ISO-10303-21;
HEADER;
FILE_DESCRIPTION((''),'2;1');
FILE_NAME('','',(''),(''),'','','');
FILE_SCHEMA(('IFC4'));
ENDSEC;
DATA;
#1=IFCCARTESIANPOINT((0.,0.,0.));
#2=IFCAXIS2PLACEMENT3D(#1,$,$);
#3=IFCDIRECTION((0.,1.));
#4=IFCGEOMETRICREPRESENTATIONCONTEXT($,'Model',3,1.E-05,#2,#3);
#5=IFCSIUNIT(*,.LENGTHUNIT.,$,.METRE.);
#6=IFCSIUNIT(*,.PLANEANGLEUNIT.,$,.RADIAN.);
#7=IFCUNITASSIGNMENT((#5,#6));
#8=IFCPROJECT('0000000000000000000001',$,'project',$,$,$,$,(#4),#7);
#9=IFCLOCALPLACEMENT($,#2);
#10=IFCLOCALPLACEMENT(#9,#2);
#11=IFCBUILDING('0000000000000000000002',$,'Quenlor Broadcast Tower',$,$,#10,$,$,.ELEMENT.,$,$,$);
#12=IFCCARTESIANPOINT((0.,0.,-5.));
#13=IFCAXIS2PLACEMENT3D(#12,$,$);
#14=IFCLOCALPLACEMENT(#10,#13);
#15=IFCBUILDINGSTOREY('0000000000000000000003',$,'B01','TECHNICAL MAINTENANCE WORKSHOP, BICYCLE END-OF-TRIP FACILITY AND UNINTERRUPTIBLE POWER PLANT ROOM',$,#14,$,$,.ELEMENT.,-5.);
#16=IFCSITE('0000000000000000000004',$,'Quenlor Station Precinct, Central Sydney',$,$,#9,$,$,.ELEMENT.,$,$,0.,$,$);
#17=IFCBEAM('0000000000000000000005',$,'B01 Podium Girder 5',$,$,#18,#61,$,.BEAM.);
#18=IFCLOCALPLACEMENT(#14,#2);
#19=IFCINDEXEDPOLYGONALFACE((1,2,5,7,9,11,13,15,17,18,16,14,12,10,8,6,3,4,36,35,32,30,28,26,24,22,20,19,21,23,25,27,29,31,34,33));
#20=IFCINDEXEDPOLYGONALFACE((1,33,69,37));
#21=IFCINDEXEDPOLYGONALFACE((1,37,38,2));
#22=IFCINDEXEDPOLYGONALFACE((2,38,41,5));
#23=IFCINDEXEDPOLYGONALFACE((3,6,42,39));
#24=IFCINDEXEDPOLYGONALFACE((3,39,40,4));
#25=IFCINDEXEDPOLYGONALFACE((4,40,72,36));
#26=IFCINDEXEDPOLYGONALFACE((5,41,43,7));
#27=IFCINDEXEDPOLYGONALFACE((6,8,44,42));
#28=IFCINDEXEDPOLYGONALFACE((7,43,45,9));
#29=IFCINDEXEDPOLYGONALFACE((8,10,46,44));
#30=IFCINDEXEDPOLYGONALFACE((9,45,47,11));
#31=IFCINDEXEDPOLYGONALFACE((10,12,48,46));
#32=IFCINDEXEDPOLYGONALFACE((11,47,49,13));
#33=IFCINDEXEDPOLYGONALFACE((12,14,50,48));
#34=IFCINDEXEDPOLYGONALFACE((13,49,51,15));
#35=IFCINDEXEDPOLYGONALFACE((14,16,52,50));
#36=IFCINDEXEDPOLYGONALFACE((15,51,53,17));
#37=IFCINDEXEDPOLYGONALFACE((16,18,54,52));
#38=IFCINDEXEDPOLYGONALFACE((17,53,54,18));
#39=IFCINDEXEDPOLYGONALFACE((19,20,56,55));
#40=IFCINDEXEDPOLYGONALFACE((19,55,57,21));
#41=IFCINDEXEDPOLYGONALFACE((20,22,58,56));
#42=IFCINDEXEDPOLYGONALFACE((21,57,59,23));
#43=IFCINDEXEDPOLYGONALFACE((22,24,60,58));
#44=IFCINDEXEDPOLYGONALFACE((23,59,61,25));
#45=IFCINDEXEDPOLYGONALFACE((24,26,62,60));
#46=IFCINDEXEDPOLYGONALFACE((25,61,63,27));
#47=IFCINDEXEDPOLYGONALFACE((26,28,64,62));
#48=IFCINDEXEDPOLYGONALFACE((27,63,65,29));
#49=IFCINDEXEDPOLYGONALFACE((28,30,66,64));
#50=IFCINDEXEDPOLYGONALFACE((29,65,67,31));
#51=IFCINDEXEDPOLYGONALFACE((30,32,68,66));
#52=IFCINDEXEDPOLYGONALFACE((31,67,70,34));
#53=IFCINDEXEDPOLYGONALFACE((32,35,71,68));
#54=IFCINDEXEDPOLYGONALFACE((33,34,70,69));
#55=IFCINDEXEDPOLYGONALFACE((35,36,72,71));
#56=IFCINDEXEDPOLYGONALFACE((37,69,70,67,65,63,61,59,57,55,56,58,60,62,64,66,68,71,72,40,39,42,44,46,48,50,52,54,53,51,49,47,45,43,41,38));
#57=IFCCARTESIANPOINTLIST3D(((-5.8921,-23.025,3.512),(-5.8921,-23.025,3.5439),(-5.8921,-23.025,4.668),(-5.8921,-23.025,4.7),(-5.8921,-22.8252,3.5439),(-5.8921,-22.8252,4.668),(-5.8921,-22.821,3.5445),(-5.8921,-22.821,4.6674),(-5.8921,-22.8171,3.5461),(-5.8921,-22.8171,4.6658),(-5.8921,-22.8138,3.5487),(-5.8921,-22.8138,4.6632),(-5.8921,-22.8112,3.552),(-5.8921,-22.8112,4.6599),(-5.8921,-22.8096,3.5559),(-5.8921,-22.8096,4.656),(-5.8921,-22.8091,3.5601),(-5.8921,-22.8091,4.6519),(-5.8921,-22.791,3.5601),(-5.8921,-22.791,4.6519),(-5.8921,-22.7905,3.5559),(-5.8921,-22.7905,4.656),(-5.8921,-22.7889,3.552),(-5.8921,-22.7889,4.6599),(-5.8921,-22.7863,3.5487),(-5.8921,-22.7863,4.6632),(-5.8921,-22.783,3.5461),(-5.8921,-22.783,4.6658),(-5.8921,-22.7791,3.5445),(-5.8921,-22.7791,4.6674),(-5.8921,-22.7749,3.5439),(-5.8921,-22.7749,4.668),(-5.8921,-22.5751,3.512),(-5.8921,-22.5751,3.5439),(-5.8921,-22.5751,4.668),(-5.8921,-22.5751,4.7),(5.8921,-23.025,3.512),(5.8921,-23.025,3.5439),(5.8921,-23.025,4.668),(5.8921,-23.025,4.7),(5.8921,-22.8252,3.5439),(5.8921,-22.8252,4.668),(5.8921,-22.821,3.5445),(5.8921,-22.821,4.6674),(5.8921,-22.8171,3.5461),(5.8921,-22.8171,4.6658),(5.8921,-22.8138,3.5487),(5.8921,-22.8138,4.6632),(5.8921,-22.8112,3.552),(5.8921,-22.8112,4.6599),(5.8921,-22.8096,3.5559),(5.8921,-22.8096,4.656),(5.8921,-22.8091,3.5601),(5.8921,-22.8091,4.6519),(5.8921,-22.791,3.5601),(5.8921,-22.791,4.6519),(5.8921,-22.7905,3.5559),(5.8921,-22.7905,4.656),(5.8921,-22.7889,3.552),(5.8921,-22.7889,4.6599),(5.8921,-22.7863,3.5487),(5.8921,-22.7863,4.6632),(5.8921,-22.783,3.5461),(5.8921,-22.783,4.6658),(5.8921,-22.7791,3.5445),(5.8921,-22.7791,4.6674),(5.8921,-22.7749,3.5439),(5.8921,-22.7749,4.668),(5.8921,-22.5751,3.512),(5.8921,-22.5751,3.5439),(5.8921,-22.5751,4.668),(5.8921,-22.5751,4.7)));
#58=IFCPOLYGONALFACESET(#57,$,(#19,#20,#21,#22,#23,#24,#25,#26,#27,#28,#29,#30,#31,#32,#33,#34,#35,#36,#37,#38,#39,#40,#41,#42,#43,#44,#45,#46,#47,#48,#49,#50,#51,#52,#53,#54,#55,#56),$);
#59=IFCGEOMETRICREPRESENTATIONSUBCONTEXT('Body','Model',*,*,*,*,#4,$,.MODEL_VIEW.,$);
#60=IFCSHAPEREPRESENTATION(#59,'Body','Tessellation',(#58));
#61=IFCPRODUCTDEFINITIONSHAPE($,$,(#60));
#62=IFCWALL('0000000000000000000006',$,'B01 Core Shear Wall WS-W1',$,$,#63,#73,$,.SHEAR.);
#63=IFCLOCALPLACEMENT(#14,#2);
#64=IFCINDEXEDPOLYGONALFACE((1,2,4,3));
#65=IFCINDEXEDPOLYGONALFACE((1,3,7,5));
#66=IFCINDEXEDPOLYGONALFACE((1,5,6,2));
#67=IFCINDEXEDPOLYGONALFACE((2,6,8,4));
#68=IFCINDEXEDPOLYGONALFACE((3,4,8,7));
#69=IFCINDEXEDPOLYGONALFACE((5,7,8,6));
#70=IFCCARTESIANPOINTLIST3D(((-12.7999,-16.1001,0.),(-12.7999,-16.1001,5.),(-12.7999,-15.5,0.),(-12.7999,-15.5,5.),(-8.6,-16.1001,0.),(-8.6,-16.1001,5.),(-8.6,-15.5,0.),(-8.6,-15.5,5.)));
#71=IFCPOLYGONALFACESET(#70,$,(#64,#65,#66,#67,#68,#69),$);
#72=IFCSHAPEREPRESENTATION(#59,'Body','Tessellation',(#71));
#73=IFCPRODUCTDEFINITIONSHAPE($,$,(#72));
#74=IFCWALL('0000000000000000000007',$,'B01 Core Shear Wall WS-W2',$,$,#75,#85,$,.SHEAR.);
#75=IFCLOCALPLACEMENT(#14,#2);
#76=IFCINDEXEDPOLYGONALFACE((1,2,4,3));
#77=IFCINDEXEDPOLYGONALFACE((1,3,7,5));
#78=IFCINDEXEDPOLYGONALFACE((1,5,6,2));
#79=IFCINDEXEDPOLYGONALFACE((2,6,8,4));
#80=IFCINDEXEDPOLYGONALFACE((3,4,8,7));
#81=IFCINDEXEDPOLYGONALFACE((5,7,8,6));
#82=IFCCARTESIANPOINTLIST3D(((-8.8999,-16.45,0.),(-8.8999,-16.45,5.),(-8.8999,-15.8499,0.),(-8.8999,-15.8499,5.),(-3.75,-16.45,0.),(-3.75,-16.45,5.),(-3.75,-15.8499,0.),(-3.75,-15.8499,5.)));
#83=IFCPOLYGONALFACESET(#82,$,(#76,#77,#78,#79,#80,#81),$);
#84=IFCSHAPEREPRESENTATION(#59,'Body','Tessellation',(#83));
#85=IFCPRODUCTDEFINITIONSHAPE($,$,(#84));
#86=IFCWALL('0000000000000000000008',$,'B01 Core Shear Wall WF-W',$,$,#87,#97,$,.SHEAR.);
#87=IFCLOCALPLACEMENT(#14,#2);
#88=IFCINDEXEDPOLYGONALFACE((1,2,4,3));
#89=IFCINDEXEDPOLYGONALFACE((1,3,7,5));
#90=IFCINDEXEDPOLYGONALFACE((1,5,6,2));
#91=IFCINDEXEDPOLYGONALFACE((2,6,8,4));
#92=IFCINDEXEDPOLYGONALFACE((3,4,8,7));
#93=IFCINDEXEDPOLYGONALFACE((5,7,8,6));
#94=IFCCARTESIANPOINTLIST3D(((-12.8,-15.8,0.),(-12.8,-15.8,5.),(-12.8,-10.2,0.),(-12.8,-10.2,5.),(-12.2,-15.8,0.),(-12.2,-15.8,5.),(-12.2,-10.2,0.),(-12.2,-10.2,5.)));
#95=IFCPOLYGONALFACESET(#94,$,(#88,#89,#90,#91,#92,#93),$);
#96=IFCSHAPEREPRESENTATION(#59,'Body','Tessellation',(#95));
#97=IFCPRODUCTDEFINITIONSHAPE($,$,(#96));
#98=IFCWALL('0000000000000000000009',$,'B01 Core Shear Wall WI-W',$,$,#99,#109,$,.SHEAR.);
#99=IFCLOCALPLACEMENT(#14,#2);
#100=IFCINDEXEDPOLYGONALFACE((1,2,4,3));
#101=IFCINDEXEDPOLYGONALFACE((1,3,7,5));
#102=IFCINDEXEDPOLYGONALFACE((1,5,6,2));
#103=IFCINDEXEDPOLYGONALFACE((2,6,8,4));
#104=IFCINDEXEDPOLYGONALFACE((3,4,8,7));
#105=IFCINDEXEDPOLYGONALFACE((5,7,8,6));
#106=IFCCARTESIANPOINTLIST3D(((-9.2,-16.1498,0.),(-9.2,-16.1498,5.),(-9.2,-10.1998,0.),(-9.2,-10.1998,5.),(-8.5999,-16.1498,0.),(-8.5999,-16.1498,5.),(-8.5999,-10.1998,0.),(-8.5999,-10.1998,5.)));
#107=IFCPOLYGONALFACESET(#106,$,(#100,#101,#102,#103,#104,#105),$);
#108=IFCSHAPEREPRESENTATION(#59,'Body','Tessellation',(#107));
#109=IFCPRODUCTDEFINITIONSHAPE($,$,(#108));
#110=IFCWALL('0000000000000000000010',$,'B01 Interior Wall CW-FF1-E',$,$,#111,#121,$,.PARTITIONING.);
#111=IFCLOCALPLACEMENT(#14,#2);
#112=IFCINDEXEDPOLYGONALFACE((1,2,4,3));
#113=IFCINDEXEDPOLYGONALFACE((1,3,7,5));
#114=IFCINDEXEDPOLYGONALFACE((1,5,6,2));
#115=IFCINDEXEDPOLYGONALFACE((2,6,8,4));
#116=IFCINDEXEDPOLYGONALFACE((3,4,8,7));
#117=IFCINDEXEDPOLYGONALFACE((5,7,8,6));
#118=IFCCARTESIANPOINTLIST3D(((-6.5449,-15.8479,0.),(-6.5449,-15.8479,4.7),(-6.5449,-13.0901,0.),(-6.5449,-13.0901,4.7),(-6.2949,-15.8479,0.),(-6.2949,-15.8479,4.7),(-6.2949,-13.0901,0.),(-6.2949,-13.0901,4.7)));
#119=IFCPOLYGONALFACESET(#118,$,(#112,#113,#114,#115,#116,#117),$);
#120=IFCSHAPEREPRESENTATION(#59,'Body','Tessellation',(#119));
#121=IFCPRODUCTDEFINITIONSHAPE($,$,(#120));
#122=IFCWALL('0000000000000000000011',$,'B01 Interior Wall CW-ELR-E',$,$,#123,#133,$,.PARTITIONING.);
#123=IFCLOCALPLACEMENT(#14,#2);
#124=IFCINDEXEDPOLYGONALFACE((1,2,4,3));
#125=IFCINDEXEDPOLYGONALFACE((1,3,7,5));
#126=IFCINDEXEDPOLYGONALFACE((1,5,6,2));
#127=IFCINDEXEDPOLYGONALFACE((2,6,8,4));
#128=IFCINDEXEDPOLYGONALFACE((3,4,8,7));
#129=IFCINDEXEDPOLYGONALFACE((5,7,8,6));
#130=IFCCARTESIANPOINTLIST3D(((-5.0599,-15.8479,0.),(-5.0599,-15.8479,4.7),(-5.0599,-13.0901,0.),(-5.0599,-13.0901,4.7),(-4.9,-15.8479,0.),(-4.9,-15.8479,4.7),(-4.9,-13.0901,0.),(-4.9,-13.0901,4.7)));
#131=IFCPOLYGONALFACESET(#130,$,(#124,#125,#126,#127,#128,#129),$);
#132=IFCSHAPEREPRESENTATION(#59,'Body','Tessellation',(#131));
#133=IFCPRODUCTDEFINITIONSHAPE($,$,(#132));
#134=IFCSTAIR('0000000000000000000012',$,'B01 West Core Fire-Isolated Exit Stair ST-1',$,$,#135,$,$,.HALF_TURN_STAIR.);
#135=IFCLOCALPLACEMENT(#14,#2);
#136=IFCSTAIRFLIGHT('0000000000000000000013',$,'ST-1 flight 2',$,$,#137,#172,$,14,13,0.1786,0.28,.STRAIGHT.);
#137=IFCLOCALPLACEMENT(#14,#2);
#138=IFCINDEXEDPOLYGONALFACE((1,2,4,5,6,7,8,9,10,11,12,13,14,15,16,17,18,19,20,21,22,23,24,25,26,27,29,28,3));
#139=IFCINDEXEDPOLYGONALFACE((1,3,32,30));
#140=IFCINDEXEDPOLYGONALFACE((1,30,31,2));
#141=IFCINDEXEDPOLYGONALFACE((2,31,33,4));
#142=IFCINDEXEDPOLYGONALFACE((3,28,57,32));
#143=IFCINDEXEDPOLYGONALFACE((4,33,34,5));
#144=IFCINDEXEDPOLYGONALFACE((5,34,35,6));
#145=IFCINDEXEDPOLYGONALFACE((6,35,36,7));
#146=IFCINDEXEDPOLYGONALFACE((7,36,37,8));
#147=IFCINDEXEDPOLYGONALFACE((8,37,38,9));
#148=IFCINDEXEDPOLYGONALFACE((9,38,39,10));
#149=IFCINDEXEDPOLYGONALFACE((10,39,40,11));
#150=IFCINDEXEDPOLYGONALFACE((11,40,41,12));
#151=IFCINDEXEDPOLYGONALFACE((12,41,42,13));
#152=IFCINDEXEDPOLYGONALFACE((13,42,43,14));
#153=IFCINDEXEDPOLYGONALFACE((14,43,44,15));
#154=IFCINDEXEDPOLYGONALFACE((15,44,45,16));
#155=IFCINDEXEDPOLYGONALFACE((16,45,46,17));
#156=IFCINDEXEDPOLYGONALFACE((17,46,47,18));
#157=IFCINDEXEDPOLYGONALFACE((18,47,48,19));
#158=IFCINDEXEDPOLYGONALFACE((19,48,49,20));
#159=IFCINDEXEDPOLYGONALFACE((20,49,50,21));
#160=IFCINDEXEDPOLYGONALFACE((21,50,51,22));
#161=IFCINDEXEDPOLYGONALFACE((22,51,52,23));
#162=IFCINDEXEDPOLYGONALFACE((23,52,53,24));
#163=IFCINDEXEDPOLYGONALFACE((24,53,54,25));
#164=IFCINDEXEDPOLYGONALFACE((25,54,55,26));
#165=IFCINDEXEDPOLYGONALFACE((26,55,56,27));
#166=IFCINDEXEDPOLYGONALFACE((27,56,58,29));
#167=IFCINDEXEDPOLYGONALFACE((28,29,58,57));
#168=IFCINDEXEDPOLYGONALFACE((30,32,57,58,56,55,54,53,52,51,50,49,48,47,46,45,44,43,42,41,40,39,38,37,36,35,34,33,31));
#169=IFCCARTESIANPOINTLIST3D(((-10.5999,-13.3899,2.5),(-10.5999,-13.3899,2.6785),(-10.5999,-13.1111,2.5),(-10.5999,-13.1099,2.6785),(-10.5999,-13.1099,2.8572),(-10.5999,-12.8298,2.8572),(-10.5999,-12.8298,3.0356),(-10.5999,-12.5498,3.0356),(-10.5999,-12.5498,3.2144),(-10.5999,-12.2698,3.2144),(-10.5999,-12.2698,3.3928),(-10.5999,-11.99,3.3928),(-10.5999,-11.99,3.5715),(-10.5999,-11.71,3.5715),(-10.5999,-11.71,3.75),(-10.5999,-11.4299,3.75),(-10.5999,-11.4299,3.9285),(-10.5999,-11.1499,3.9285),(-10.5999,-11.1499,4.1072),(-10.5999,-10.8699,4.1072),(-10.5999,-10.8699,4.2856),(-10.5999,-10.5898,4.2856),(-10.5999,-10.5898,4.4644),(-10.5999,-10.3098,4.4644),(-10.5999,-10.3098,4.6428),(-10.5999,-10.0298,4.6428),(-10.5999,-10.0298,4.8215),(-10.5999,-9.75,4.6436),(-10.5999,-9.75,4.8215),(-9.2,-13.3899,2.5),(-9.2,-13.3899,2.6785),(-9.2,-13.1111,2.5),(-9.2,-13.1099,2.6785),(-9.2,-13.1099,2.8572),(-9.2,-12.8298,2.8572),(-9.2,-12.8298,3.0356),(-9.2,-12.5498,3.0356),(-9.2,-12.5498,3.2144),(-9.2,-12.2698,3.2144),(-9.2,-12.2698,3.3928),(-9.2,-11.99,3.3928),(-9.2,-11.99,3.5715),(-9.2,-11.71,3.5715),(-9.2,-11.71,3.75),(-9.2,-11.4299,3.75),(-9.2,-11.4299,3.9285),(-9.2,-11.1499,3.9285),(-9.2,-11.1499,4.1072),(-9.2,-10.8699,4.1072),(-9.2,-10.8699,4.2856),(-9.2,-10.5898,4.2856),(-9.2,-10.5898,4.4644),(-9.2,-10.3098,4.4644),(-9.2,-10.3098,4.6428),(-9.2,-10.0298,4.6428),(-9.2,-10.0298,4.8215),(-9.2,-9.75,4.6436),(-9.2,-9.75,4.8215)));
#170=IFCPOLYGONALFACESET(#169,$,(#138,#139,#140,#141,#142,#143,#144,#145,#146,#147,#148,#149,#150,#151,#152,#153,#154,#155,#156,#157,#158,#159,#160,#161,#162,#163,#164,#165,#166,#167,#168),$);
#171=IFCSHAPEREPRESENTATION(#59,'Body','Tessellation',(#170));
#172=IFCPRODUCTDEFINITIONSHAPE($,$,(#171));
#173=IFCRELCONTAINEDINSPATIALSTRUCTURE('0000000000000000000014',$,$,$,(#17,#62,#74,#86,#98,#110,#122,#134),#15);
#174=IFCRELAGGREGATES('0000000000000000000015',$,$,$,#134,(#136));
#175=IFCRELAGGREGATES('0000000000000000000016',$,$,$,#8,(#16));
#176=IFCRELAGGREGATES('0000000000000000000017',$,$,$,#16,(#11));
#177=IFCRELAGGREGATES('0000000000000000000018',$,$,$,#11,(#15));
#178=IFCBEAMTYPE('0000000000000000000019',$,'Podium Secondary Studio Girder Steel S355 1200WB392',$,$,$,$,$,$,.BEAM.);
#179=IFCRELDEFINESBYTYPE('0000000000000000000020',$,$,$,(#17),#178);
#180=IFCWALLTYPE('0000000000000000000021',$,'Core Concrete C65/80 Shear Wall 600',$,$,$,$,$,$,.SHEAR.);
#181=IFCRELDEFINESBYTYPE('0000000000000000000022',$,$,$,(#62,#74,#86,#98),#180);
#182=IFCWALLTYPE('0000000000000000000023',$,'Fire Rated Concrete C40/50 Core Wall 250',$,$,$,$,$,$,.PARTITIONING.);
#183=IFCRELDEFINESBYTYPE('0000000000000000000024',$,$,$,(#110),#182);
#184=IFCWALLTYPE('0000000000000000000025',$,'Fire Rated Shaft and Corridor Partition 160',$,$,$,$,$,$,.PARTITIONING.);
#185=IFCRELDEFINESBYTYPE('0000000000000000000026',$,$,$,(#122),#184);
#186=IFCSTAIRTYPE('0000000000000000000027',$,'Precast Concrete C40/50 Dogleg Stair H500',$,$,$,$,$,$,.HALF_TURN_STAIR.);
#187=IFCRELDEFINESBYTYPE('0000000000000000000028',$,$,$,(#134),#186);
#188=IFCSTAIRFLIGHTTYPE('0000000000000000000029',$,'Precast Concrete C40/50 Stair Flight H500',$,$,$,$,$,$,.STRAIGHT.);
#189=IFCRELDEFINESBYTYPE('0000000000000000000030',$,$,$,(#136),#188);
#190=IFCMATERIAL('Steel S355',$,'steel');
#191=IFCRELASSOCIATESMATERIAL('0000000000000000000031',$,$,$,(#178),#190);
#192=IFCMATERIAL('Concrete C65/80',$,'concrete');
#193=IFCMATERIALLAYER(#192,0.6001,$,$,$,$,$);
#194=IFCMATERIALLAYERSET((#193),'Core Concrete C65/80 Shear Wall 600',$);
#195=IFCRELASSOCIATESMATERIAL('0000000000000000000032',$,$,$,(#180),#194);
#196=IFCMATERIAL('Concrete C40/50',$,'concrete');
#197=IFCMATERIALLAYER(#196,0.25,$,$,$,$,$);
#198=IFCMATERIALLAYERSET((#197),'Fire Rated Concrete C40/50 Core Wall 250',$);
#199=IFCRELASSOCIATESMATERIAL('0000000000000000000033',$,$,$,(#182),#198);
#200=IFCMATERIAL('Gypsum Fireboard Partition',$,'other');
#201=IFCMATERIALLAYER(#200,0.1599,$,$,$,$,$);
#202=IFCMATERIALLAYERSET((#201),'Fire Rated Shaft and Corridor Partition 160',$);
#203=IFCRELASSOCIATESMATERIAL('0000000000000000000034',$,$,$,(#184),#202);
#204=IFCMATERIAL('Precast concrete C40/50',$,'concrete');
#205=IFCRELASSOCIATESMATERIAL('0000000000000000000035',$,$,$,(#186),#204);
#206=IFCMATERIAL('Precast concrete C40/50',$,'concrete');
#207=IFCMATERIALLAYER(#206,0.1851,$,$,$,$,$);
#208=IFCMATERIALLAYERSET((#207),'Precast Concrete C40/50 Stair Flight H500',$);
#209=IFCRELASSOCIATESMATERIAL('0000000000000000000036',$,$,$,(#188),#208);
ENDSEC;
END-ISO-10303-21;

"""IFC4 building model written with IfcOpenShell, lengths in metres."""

from ifc_helpers import new_model, si_unit, direction, frame, frame_2d, origin, origin_2d, place, context, subcontext, project, spatial, polyline, rectangle, i_section, outline, extrude, material, layer, layer_set, material_profile, profile_set, type_object, element, aggregate, save


model = new_model("IFC4")

# Units and contexts
model_context = context("Model", 3, precision=1e-05, world=origin(), true_north=direction((0.0, 1.0)))
body_context = subcontext(model_context, "Body", "Model", "MODEL_VIEW")
ifc_project = project(units=[si_unit("LENGTHUNIT", "METRE"), si_unit("PLANEANGLEUNIT", "RADIAN")], contexts=[model_context])

# Site, building, storey
site_placement = place(None, origin())
site = spatial("IfcSite", under=ifc_project, at=site_placement, Name="Quenlor Station Precinct, Central Sydney", CompositionType="ELEMENT", RefElevation=0.0)
building_placement = place(site_placement, origin())
building = spatial("IfcBuilding", under=site, at=building_placement, Name="Quenlor Broadcast Tower", CompositionType="ELEMENT")
storey_placement = place(building_placement, frame((0.0, 0.0, -5.0)))
storey = spatial("IfcBuildingStorey", under=building, at=storey_placement, Name="B01", Description="TECHNICAL MAINTENANCE WORKSHOP, BICYCLE END-OF-TRIP FACILITY AND UNINTERRUPTIBLE POWER PLANT ROOM", CompositionType="ELEMENT", Elevation=-5.0)

# Beam
ifc_material_1 = material(Name="Steel S355", Category="steel")
ifc_material_profile_1 = material_profile(ifc_material_1, i_section(OverallWidth=0.45, OverallDepth=1.188, WebThickness=0.0181, FlangeThickness=0.032, FilletRadius=0.0161, at=origin_2d()))
ifc_profile_set_1 = profile_set([ifc_material_profile_1], Name="Steel S355 1200WB392")
beam_type_1 = type_object("IfcBeamType", Name="Podium Secondary Studio Girder Steel S355 1200WB392", PredefinedType="BEAM", material=ifc_profile_set_1)
beam_1_placement = place(storey_placement, frame((-5.8921, -22.8, 4.106), z_axis=(1.0, 0.0, 0.0), x_axis=(0.0, 1.0, 0.0)))
element("IfcBeam", 1, at=beam_1_placement, inside=storey, type_object=beam_type_1, Name="B01 Podium Girder 5", PredefinedType="BEAM", context=body_context, shape_type="SweptSolid", body=[
    extrude(i_section(OverallWidth=0.45, OverallDepth=1.188, WebThickness=0.0181, FlangeThickness=0.032, FilletRadius=0.0161, at=origin_2d()), origin(), (0.0, 0.0, 1.0), 11.7842),
])

# Walls
ifc_material_2 = material(Name="Concrete C65/80", Category="concrete")
ifc_layer_1 = layer(ifc_material_2, 0.6001)
ifc_layer_set_1 = layer_set([ifc_layer_1], Name="Core Concrete C65/80 Shear Wall 600")
wall_type_1 = type_object("IfcWallType", Name="Core Concrete C65/80 Shear Wall 600", PredefinedType="SHEAR", material=ifc_layer_set_1)
wall_1_placement = place(storey_placement, frame((-12.8, -15.8, 0.0), z_axis=(0.0, 0.0, 1.0), x_axis=(1.0, 0.0, 0.0)))
element("IfcWall", 2, at=wall_1_placement, inside=storey, type_object=wall_type_1, Name="B01 Core Shear Wall WS-W1", PredefinedType="SHEAR", context=body_context, shape_type="SweptSolid", body=[
    extrude(rectangle(XDim=4.2, YDim=0.6001, at=frame_2d((2.1001, 0.0))), origin(), (0.0, 0.0, 1.0), 5.0),
])
wall_2_placement = place(storey_placement, frame((-8.8999, -16.1499, 0.0), z_axis=(0.0, 0.0, 1.0), x_axis=(1.0, 0.0, 0.0)))
element("IfcWall", 3, at=wall_2_placement, inside=storey, type_object=wall_type_1, Name="B01 Core Shear Wall WS-W2", PredefinedType="SHEAR", context=body_context, shape_type="SweptSolid", body=[
    extrude(rectangle(XDim=5.1499, YDim=0.6001, at=frame_2d((2.575, 0.0))), origin(), (0.0, 0.0, 1.0), 5.0),
])
wall_3_placement = place(storey_placement, frame((-12.5, -15.8, 0.0), z_axis=(0.0, 0.0, 1.0), x_axis=(0.0, 1.0, 0.0)))
element("IfcWall", 4, at=wall_3_placement, inside=storey, type_object=wall_type_1, Name="B01 Core Shear Wall WF-W", PredefinedType="SHEAR", context=body_context, shape_type="SweptSolid", body=[
    extrude(rectangle(XDim=5.6001, YDim=0.6001, at=frame_2d((2.8, 0.0))), origin(), (0.0, 0.0, 1.0), 5.0),
])
wall_4_placement = place(storey_placement, frame((-8.8999, -16.1499, 0.0), z_axis=(0.0, 0.0, 1.0), x_axis=(0.0, 1.0, 0.0)))
element("IfcWall", 5, at=wall_4_placement, inside=storey, type_object=wall_type_1, Name="B01 Core Shear Wall WI-W", PredefinedType="SHEAR", context=body_context, shape_type="SweptSolid", body=[
    extrude(rectangle(XDim=5.95, YDim=0.6001, at=frame_2d((2.9751, 0.0))), origin(), (0.0, 0.0, 1.0), 5.0),
])
ifc_material_3 = material(Name="Concrete C40/50", Category="concrete")
ifc_layer_2 = layer(ifc_material_3, 0.25)
ifc_layer_set_2 = layer_set([ifc_layer_2], Name="Fire Rated Concrete C40/50 Core Wall 250")
wall_type_2 = type_object("IfcWallType", Name="Fire Rated Concrete C40/50 Core Wall 250", PredefinedType="PARTITIONING", material=ifc_layer_set_2)
wall_5_placement = place(storey_placement, frame((-6.4199, -15.8479, 0.0), z_axis=(0.0, 0.0, 1.0), x_axis=(0.0, 1.0, 0.0)))
element("IfcWall", 6, at=wall_5_placement, inside=storey, type_object=wall_type_2, Name="B01 Interior Wall CW-FF1-E", PredefinedType="PARTITIONING", context=body_context, shape_type="SweptSolid", body=[
    extrude(rectangle(XDim=2.7578, YDim=0.25, at=frame_2d((1.3789, 0.0))), origin(), (0.0, 0.0, 1.0), 4.7),
])
ifc_material_4 = material(Name="Gypsum Fireboard Partition", Category="other")
ifc_layer_3 = layer(ifc_material_4, 0.1599)
ifc_layer_set_3 = layer_set([ifc_layer_3], Name="Fire Rated Shaft and Corridor Partition 160")
wall_type_3 = type_object("IfcWallType", Name="Fire Rated Shaft and Corridor Partition 160", PredefinedType="PARTITIONING", material=ifc_layer_set_3)
wall_6_placement = place(storey_placement, frame((-4.98, -15.8479, 0.0), z_axis=(0.0, 0.0, 1.0), x_axis=(0.0, 1.0, 0.0)))
element("IfcWall", 7, at=wall_6_placement, inside=storey, type_object=wall_type_3, Name="B01 Interior Wall CW-ELR-E", PredefinedType="PARTITIONING", context=body_context, shape_type="SweptSolid", body=[
    extrude(rectangle(XDim=2.7578, YDim=0.1599, at=frame_2d((1.3789, 0.0))), origin(), (0.0, 0.0, 1.0), 4.7),
])

# Stair, stair flight
ifc_material_5 = material(Name="Precast concrete C40/50", Category="concrete")
stair_type = type_object("IfcStairType", Name="Precast Concrete C40/50 Dogleg Stair H500", PredefinedType="HALF_TURN_STAIR", material=ifc_material_5)
stair_placement = place(storey_placement, origin())
stair = element("IfcStair", 8, at=stair_placement, inside=storey, type_object=stair_type, Name="B01 West Core Fire-Isolated Exit Stair ST-1", PredefinedType="HALF_TURN_STAIR")
ifc_material_6 = material(Name="Precast concrete C40/50", Category="concrete")
ifc_layer_4 = layer(ifc_material_6, 0.1851)
ifc_layer_set_4 = layer_set([ifc_layer_4], Name="Precast Concrete C40/50 Stair Flight H500")
stair_flight_type = type_object("IfcStairFlightType", Name="Precast Concrete C40/50 Stair Flight H500", PredefinedType="STRAIGHT", material=ifc_layer_set_4)
stair_flight_placement = place(storey_placement, frame((-9.8999, -13.3899, 2.5), z_axis=(0.0, 0.0, 1.0), x_axis=(0.0, 1.0, 0.0)))
stair_flight = element("IfcStairFlight", 9, at=stair_flight_placement, type_object=stair_flight_type, Name="ST-1 flight 2", NumberOfRisers=14, NumberOfTreads=13, PredefinedType="STRAIGHT", RiserHeight=0.1786, TreadLength=0.28, context=body_context, shape_type="SweptSolid", body=[
    extrude(outline(polyline([(0.0, 0.0), (0.0, 0.1785), (0.28, 0.1785), (0.28, 0.3572), (0.5601, 0.3572), (0.5601, 0.5356), (0.8401, 0.5356), (0.8401, 0.7144), (1.1201, 0.7144), (1.1201, 0.8928), (1.3999, 0.8928), (1.3999, 1.0715), (1.6799, 1.0715), (1.6799, 1.25), (1.96, 1.25), (1.96, 1.4285), (2.24, 1.4285), (2.24, 1.6072), (2.52, 1.6072), (2.52, 1.7856), (2.8, 1.7856), (2.8, 1.9644), (3.0801, 1.9644), (3.0801, 2.1428), (3.3601, 2.1428), (3.3601, 2.3215), (3.6399, 2.3215), (3.6399, 2.5), (3.6399, 2.1436), (0.2788, 0.0), (0.0, 0.0)])), frame((0.0, 0.7, 0.0), z_axis=(0.0, -1.0, 0.0), x_axis=(1.0, 0.0, 0.0)), (0.0, 0.0, 1.0), 1.3999),
])
aggregate(stair, [stair_flight])

save(model, "model.ifc")
